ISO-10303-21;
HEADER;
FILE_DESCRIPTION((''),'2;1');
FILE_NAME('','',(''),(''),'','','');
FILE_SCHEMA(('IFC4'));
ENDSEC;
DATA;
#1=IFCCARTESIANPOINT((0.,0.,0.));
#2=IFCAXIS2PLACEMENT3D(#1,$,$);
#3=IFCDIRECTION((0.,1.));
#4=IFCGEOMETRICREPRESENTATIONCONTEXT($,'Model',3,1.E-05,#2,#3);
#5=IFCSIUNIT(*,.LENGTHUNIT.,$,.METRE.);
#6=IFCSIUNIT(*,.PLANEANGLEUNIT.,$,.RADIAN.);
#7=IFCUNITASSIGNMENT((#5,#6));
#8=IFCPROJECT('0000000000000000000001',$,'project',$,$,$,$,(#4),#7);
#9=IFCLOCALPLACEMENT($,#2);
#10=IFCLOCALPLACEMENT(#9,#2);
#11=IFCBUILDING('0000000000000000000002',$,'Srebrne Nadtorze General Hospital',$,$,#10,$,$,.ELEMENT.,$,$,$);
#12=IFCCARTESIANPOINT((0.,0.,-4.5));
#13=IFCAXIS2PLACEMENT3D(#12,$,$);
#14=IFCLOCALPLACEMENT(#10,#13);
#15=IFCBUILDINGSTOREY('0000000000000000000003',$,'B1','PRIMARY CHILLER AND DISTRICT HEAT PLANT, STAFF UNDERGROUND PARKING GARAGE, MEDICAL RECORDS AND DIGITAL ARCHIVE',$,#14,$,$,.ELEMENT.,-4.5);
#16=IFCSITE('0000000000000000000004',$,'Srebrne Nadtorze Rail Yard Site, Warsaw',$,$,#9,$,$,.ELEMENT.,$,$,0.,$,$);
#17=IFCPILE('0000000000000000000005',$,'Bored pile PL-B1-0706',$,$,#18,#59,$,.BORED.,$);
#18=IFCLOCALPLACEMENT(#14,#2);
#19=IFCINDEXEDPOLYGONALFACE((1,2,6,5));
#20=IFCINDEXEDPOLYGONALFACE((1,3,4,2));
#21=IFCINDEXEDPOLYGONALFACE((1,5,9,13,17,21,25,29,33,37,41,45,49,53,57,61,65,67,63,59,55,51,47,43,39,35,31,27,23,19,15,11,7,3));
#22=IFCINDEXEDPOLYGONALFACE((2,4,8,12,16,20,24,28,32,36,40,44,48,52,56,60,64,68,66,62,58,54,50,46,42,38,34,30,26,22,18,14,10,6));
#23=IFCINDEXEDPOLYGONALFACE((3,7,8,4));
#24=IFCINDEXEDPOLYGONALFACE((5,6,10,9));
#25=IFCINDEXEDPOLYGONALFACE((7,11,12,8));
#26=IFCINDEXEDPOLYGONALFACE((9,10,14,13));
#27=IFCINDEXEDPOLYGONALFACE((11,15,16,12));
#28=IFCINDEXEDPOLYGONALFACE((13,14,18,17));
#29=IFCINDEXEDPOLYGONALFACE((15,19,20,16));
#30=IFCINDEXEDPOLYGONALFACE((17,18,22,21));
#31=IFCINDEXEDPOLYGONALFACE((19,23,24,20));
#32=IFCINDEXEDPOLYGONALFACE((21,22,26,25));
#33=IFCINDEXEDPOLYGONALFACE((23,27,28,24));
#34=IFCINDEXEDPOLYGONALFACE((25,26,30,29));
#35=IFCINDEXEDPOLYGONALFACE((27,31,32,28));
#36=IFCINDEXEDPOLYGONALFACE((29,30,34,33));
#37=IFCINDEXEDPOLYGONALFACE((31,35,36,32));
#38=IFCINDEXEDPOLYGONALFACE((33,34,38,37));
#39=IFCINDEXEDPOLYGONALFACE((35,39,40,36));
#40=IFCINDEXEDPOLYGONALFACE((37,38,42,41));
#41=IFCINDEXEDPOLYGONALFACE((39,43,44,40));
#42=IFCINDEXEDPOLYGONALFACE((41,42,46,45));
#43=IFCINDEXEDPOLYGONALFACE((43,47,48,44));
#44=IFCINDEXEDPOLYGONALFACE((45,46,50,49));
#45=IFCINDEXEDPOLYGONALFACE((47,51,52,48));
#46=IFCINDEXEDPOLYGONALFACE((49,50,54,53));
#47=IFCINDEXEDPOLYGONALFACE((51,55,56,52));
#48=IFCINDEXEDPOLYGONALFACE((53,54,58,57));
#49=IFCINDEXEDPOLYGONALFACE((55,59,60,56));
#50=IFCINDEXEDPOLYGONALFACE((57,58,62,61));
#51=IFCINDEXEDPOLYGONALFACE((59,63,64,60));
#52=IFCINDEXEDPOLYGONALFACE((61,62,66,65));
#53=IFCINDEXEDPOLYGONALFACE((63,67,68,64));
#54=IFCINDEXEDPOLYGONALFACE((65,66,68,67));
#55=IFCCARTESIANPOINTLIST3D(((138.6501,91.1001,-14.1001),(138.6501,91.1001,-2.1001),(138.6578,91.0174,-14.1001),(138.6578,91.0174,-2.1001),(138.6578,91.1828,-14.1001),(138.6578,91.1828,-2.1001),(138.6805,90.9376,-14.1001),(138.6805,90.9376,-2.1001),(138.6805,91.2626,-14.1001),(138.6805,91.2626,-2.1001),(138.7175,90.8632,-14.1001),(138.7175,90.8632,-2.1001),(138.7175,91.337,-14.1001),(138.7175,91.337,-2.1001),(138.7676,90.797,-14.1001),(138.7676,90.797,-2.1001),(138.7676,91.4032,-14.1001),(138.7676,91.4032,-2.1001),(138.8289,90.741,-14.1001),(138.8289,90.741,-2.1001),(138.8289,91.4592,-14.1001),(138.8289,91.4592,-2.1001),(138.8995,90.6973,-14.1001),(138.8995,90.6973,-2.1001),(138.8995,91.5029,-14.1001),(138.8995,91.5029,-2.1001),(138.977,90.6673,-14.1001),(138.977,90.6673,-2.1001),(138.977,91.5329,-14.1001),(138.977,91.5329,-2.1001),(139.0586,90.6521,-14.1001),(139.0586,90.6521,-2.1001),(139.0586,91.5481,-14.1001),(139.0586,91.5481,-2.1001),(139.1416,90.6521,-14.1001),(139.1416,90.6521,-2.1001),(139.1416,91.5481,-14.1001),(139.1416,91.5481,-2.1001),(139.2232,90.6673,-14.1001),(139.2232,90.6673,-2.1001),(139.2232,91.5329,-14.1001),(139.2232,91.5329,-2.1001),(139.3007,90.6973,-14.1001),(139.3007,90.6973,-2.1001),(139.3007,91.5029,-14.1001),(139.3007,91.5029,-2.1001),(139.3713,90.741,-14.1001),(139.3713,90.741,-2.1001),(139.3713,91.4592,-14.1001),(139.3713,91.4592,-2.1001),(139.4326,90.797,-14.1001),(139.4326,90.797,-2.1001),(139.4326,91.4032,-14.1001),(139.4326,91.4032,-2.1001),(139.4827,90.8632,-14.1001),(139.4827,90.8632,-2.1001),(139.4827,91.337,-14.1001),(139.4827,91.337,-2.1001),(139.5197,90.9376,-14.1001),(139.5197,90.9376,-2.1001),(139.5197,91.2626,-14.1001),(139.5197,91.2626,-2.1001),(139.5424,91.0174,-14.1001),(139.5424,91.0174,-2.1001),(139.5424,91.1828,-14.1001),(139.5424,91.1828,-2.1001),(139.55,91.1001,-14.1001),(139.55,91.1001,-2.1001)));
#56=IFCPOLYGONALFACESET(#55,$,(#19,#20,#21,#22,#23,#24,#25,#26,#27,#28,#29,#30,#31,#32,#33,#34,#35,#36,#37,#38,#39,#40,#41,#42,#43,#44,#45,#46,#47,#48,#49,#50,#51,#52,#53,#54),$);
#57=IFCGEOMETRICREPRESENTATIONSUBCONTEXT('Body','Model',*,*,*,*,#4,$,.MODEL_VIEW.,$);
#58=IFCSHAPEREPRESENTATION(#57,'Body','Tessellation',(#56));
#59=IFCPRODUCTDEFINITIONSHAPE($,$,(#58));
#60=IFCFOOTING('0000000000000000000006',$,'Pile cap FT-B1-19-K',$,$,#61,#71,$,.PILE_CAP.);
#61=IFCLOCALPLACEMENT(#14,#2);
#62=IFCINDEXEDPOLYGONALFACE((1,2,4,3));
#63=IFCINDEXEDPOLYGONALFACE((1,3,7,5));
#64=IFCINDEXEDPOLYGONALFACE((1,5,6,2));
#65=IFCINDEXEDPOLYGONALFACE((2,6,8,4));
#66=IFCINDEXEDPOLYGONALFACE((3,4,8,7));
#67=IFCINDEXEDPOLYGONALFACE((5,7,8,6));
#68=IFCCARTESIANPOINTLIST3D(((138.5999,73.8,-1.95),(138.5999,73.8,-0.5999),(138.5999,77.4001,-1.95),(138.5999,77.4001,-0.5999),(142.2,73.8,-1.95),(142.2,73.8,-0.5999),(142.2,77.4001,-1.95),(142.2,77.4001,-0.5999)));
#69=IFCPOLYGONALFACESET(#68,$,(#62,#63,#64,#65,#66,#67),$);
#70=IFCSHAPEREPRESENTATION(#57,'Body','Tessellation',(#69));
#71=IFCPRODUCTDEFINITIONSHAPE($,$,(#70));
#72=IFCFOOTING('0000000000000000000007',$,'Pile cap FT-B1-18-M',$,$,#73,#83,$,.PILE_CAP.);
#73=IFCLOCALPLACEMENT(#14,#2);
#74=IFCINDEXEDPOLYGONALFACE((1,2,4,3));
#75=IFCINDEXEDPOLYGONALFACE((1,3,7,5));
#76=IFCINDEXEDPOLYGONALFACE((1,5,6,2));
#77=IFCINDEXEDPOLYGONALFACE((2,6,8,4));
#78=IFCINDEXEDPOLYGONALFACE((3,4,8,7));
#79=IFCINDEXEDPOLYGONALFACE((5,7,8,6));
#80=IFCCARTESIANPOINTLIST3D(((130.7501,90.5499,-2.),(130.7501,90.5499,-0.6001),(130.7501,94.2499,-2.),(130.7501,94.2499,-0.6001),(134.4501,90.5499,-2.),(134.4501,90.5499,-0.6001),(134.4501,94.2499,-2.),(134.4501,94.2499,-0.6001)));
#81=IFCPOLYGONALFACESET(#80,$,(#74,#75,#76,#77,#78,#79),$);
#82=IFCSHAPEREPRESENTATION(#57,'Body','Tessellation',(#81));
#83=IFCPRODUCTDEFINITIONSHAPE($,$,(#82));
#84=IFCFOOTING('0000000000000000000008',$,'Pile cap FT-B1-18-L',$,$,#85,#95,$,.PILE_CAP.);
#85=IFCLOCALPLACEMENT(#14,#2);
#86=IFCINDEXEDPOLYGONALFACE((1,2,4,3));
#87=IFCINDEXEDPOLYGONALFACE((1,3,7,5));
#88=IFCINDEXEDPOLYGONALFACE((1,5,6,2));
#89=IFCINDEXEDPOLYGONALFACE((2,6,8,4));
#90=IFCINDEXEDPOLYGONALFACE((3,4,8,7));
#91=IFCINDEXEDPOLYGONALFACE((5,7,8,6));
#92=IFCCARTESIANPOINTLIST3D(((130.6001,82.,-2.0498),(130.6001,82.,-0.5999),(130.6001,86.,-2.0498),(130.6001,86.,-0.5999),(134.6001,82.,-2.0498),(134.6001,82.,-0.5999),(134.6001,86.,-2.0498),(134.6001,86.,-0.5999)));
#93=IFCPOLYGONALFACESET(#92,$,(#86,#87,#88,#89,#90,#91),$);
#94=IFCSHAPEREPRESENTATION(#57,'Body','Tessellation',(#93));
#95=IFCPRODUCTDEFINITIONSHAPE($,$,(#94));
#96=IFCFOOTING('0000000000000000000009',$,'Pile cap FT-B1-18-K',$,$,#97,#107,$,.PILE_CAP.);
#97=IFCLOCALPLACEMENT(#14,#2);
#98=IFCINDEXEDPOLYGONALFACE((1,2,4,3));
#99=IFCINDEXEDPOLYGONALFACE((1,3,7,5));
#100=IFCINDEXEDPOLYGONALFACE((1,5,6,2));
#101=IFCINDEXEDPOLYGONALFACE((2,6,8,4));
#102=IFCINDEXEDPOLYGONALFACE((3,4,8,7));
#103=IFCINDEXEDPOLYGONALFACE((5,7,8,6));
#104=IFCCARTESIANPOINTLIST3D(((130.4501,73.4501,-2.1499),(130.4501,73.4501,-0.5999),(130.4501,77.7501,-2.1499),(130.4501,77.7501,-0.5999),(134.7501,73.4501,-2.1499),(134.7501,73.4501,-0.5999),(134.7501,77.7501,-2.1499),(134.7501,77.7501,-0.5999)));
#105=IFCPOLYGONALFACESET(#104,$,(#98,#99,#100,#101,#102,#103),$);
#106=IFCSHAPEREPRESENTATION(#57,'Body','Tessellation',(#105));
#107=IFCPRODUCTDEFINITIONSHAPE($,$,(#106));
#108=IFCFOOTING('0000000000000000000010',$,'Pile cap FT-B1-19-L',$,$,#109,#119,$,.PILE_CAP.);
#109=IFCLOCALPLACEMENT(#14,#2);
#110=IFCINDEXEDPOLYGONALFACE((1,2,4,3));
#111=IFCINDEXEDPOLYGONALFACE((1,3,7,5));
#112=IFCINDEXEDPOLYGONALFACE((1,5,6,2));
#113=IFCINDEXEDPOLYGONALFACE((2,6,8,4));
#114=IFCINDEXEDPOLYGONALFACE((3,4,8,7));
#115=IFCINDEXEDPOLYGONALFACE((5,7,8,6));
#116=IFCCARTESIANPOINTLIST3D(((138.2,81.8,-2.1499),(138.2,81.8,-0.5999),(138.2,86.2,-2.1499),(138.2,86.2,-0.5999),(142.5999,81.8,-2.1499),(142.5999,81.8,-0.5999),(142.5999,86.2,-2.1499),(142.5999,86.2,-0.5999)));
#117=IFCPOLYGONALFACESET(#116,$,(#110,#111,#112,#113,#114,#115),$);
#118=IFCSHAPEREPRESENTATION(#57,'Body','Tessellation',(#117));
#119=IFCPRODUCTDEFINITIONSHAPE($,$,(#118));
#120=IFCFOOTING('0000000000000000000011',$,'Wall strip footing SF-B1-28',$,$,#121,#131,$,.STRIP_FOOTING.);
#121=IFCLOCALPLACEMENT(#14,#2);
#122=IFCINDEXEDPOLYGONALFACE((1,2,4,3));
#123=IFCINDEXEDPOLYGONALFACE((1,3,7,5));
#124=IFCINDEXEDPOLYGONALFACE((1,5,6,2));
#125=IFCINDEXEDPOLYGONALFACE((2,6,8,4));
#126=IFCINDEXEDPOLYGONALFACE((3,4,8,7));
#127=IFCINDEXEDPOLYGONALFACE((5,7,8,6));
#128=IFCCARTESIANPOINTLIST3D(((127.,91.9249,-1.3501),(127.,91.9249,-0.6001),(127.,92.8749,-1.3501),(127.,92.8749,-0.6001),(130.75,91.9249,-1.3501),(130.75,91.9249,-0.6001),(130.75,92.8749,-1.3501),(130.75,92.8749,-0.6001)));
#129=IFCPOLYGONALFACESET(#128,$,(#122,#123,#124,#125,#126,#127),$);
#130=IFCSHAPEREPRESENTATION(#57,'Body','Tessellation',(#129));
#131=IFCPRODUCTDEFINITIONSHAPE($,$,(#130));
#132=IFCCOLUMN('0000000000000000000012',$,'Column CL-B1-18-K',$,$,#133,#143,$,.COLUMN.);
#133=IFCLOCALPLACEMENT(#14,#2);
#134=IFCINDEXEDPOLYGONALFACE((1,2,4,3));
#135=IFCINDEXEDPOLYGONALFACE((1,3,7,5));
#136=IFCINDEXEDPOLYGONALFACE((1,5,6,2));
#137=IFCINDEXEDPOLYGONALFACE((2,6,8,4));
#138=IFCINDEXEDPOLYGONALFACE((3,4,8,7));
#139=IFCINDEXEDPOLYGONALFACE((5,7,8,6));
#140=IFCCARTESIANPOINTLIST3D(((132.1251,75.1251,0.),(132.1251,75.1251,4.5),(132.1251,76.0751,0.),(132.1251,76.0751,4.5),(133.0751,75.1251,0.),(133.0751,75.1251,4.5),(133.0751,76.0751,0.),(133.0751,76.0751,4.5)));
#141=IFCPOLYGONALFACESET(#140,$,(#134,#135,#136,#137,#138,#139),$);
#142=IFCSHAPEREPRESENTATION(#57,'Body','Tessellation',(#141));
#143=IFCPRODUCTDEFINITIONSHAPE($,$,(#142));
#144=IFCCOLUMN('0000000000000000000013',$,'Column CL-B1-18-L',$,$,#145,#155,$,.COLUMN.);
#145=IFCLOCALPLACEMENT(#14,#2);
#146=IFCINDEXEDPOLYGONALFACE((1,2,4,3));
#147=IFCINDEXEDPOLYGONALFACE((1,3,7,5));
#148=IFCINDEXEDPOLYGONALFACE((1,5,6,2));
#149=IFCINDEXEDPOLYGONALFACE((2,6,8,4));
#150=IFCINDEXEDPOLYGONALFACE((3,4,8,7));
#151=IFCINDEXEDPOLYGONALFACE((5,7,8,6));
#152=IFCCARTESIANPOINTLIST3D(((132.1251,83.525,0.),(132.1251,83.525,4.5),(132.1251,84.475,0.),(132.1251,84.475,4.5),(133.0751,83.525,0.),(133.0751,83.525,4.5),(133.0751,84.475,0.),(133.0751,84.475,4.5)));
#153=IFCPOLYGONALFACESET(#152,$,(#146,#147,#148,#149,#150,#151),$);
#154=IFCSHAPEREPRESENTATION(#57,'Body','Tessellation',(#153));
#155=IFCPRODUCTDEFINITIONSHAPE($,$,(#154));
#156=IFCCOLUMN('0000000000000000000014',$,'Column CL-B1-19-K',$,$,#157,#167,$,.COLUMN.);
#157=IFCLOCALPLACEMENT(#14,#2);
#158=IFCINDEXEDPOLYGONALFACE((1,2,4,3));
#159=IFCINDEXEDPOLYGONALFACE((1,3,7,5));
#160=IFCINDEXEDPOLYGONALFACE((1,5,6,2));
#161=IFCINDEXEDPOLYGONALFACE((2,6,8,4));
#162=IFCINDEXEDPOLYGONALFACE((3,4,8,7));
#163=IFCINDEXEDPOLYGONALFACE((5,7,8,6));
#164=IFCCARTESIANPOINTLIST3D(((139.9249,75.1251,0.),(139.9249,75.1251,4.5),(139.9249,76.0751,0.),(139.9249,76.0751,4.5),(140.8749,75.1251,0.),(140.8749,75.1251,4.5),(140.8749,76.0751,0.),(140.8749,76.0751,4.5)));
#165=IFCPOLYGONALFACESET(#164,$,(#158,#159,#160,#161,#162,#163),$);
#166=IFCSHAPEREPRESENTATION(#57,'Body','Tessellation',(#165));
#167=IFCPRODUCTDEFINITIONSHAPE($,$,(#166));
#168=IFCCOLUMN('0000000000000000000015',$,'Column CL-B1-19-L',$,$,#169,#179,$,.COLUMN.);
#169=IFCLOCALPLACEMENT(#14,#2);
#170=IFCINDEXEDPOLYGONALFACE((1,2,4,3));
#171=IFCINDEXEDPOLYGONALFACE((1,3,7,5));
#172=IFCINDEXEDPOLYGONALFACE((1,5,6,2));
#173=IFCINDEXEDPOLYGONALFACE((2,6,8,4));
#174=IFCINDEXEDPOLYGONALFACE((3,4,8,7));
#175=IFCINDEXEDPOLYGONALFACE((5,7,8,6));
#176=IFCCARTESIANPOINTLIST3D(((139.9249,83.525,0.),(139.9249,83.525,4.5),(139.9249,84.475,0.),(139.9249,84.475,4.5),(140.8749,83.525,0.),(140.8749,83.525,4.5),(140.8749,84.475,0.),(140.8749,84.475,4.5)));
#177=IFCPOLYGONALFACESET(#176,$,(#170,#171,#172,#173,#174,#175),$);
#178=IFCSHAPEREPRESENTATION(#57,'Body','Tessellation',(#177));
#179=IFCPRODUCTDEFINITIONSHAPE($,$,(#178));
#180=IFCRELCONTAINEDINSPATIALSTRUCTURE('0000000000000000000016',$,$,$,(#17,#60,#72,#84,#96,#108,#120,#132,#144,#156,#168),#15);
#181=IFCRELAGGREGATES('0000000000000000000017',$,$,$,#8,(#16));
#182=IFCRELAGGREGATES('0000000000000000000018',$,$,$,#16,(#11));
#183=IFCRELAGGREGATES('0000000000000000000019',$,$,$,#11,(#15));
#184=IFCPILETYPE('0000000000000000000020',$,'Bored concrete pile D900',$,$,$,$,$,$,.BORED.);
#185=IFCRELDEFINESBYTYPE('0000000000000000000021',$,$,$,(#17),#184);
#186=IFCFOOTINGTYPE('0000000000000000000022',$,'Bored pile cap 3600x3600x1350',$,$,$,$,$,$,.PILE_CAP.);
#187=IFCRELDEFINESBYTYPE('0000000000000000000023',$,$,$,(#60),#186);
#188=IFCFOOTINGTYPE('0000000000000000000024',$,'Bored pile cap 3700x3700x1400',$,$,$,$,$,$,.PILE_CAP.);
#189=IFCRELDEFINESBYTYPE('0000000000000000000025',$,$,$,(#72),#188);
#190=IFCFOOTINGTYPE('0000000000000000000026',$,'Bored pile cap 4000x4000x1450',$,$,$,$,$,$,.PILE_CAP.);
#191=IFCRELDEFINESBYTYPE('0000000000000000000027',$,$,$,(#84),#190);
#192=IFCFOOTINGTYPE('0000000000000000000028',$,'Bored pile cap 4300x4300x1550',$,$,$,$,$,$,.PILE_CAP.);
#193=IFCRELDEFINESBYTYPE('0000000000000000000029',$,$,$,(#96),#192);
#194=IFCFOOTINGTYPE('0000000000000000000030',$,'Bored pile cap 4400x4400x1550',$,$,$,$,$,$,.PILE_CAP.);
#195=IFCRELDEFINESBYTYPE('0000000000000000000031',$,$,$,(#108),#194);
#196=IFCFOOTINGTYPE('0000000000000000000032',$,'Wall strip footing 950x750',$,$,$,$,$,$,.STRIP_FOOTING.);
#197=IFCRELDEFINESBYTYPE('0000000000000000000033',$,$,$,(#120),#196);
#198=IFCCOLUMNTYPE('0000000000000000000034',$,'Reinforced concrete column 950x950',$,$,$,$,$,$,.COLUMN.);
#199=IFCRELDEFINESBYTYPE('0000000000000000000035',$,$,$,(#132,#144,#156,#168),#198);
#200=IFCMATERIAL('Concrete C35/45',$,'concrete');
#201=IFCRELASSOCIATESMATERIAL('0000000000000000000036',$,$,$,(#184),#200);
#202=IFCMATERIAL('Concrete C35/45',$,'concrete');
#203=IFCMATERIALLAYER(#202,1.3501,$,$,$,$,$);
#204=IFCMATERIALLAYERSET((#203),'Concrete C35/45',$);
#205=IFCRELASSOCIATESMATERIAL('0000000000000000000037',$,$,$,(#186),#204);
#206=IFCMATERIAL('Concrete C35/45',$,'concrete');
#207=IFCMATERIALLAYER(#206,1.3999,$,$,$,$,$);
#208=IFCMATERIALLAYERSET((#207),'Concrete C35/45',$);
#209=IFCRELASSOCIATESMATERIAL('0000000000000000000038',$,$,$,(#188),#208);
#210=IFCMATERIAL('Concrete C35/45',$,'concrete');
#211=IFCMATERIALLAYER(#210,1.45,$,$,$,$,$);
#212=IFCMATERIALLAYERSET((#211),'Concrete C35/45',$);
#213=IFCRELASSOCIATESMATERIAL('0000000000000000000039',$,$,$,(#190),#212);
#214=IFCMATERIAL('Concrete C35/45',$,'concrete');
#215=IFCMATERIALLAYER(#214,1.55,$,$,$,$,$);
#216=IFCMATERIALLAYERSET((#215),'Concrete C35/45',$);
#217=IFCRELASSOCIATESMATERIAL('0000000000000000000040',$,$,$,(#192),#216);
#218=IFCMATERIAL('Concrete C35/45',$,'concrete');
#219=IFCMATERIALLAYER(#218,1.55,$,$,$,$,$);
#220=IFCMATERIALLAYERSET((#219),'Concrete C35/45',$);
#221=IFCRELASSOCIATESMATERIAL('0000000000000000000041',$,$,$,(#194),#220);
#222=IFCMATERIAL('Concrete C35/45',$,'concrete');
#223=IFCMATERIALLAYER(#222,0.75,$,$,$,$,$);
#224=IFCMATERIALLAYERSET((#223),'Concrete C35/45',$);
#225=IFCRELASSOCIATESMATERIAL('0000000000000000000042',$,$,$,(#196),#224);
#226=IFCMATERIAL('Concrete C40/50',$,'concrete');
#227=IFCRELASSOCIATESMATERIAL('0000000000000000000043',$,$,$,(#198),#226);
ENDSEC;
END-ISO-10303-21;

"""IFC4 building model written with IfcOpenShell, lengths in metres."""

from ifc_helpers import new_model, si_unit, direction, frame, origin, origin_2d, place, context, subcontext, project, spatial, rectangle, circle, extrude, material, layer, layer_set, material_profile, profile_set, type_object, element, save


model = new_model("IFC4")

# Units and contexts
model_context = context("Model", 3, precision=1e-05, world=origin(), true_north=direction((0.0, 1.0)))
body_context = subcontext(model_context, "Body", "Model", "MODEL_VIEW")
ifc_project = project(units=[si_unit("LENGTHUNIT", "METRE"), si_unit("PLANEANGLEUNIT", "RADIAN")], contexts=[model_context])

# Site, building, storey
site_placement = place(None, origin())
site = spatial("IfcSite", under=ifc_project, at=site_placement, Name="Srebrne Nadtorze Rail Yard Site, Warsaw", CompositionType="ELEMENT", RefElevation=0.0)
building_placement = place(site_placement, origin())
building = spatial("IfcBuilding", under=site, at=building_placement, Name="Srebrne Nadtorze General Hospital", CompositionType="ELEMENT")
storey_placement = place(building_placement, frame((0.0, 0.0, -4.5)))
storey = spatial("IfcBuildingStorey", under=building, at=storey_placement, Name="B1", Description="PRIMARY CHILLER AND DISTRICT HEAT PLANT, STAFF UNDERGROUND PARKING GARAGE, MEDICAL RECORDS AND DIGITAL ARCHIVE", CompositionType="ELEMENT", Elevation=-4.5)

# Pile
ifc_material_1 = material(Name="Concrete C35/45", Category="concrete")
ifc_material_profile_1 = material_profile(ifc_material_1, circle(Radius=0.45, at=origin_2d()), Name="PILE-D900")
ifc_profile_set_1 = profile_set([ifc_material_profile_1], Name="Concrete C35/45")
pile_type_1 = type_object("IfcPileType", Name="Bored concrete pile D900", PredefinedType="BORED", material=ifc_profile_set_1)
for number, where, z_axis, x_axis, name in (
    (1, (139.1001, 91.1001, -2.1001), (0.0, 0.0, -1.0), (1.0, 0.0, 0.0), "Bored pile PL-B1-0706"),
):
    element("IfcPile", number, at=place(storey_placement, frame(where, z_axis=z_axis, x_axis=x_axis)), inside=storey, type_object=pile_type_1, Name=name, PredefinedType="BORED", context=body_context, shape_type="SweptSolid", body=[
        extrude(circle(Radius=0.45, at=origin_2d()), origin(), (0.0, 0.0, 1.0), 12.0),
    ])

# Footings
ifc_material_2 = material(Name="Concrete C35/45", Category="concrete")
ifc_layer_1 = layer(ifc_material_2, 1.3501)
ifc_layer_set_1 = layer_set([ifc_layer_1], Name="Concrete C35/45")
footing_type_1 = type_object("IfcFootingType", Name="Bored pile cap 3600x3600x1350", PredefinedType="PILE_CAP", material=ifc_layer_set_1)
footing_1_placement = place(storey_placement, frame((140.3999, 75.6001, -1.95), z_axis=(0.0, 0.0, 1.0), x_axis=(1.0, 0.0, 0.0)))
element("IfcFooting", 2, at=footing_1_placement, inside=storey, type_object=footing_type_1, Name="Pile cap FT-B1-19-K", PredefinedType="PILE_CAP", context=body_context, shape_type="SweptSolid", body=[
    extrude(rectangle(XDim=3.6001, YDim=3.6001, at=origin_2d()), origin(), (0.0, 0.0, 1.0), 1.3501),
])
ifc_material_3 = material(Name="Concrete C35/45", Category="concrete")
ifc_layer_2 = layer(ifc_material_3, 1.3999)
ifc_layer_set_2 = layer_set([ifc_layer_2], Name="Concrete C35/45")
footing_type_2 = type_object("IfcFootingType", Name="Bored pile cap 3700x3700x1400", PredefinedType="PILE_CAP", material=ifc_layer_set_2)
footing_2_placement = place(storey_placement, frame((132.6001, 92.3999, -2.0), z_axis=(0.0, 0.0, 1.0), x_axis=(1.0, 0.0, 0.0)))
element("IfcFooting", 3, at=footing_2_placement, inside=storey, type_object=footing_type_2, Name="Pile cap FT-B1-18-M", PredefinedType="PILE_CAP", context=body_context, shape_type="SweptSolid", body=[
    extrude(rectangle(XDim=3.7, YDim=3.7, at=origin_2d()), origin(), (0.0, 0.0, 1.0), 1.3999),
])
ifc_material_4 = material(Name="Concrete C35/45", Category="concrete")
ifc_layer_3 = layer(ifc_material_4, 1.45)
ifc_layer_set_3 = layer_set([ifc_layer_3], Name="Concrete C35/45")
footing_type_3 = type_object("IfcFootingType", Name="Bored pile cap 4000x4000x1450", PredefinedType="PILE_CAP", material=ifc_layer_set_3)
footing_3_placement = place(storey_placement, frame((132.6001, 84.0, -2.0498), z_axis=(0.0, 0.0, 1.0), x_axis=(1.0, 0.0, 0.0)))
element("IfcFooting", 4, at=footing_3_placement, inside=storey, type_object=footing_type_3, Name="Pile cap FT-B1-18-L", PredefinedType="PILE_CAP", context=body_context, shape_type="SweptSolid", body=[
    extrude(rectangle(XDim=4.0, YDim=4.0, at=origin_2d()), origin(), (0.0, 0.0, 1.0), 1.45),
])
ifc_material_5 = material(Name="Concrete C35/45", Category="concrete")
ifc_layer_4 = layer(ifc_material_5, 1.55)
ifc_layer_set_4 = layer_set([ifc_layer_4], Name="Concrete C35/45")
footing_type_4 = type_object("IfcFootingType", Name="Bored pile cap 4300x4300x1550", PredefinedType="PILE_CAP", material=ifc_layer_set_4)
footing_4_placement = place(storey_placement, frame((132.6001, 75.6001, -2.1499), z_axis=(0.0, 0.0, 1.0), x_axis=(1.0, 0.0, 0.0)))
element("IfcFooting", 5, at=footing_4_placement, inside=storey, type_object=footing_type_4, Name="Pile cap FT-B1-18-K", PredefinedType="PILE_CAP", context=body_context, shape_type="SweptSolid", body=[
    extrude(rectangle(XDim=4.3, YDim=4.3, at=origin_2d()), origin(), (0.0, 0.0, 1.0), 1.55),
])
ifc_material_6 = material(Name="Concrete C35/45", Category="concrete")
ifc_layer_5 = layer(ifc_material_6, 1.55)
ifc_layer_set_5 = layer_set([ifc_layer_5], Name="Concrete C35/45")
footing_type_5 = type_object("IfcFootingType", Name="Bored pile cap 4400x4400x1550", PredefinedType="PILE_CAP", material=ifc_layer_set_5)
footing_5_placement = place(storey_placement, frame((140.3999, 84.0, -2.1499), z_axis=(0.0, 0.0, 1.0), x_axis=(1.0, 0.0, 0.0)))
element("IfcFooting", 6, at=footing_5_placement, inside=storey, type_object=footing_type_5, Name="Pile cap FT-B1-19-L", PredefinedType="PILE_CAP", context=body_context, shape_type="SweptSolid", body=[
    extrude(rectangle(XDim=4.3999, YDim=4.3999, at=origin_2d()), origin(), (0.0, 0.0, 1.0), 1.55),
])
ifc_material_7 = material(Name="Concrete C35/45", Category="concrete")
ifc_layer_6 = layer(ifc_material_7, 0.75)
ifc_layer_set_6 = layer_set([ifc_layer_6], Name="Concrete C35/45")
footing_type_6 = type_object("IfcFootingType", Name="Wall strip footing 950x750", PredefinedType="STRIP_FOOTING", material=ifc_layer_set_6)
footing_6_placement = place(storey_placement, frame((128.875, 92.3999, -1.3501), z_axis=(0.0, 0.0, 1.0), x_axis=(1.0, 0.0, 0.0)))
element("IfcFooting", 7, at=footing_6_placement, inside=storey, type_object=footing_type_6, Name="Wall strip footing SF-B1-28", PredefinedType="STRIP_FOOTING", context=body_context, shape_type="SweptSolid", body=[
    extrude(rectangle(XDim=3.75, YDim=0.95, at=origin_2d()), origin(), (0.0, 0.0, 1.0), 0.75),
])

# Columns
ifc_material_8 = material(Name="Concrete C40/50", Category="concrete")
ifc_material_profile_2 = material_profile(ifc_material_8, rectangle(XDim=0.95, YDim=0.95, at=origin_2d()), Name="RC-COL-950x950")
ifc_profile_set_2 = profile_set([ifc_material_profile_2], Name="Concrete C40/50")
column_type = type_object("IfcColumnType", Name="Reinforced concrete column 950x950", PredefinedType="COLUMN", material=ifc_profile_set_2)
for number, where, z_axis, x_axis, name in (
    (8, (132.6001, 75.6001, 0.0), (0.0, 0.0, 1.0), (1.0, 0.0, 0.0), "Column CL-B1-18-K"),
    (9, (132.6001, 84.0, 0.0), (0.0, 0.0, 1.0), (1.0, 0.0, 0.0), "Column CL-B1-18-L"),
    (10, (140.3999, 75.6001, 0.0), (0.0, 0.0, 1.0), (1.0, 0.0, 0.0), "Column CL-B1-19-K"),
    (11, (140.3999, 84.0, 0.0), (0.0, 0.0, 1.0), (1.0, 0.0, 0.0), "Column CL-B1-19-L"),
):
    element("IfcColumn", number, at=place(storey_placement, frame(where, z_axis=z_axis, x_axis=x_axis)), inside=storey, type_object=column_type, Name=name, PredefinedType="COLUMN", context=body_context, shape_type="SweptSolid", body=[
        extrude(rectangle(XDim=0.95, YDim=0.95, at=origin_2d()), origin(), (0.0, 0.0, 1.0), 4.5),
    ])

save(model, "model.ifc")
